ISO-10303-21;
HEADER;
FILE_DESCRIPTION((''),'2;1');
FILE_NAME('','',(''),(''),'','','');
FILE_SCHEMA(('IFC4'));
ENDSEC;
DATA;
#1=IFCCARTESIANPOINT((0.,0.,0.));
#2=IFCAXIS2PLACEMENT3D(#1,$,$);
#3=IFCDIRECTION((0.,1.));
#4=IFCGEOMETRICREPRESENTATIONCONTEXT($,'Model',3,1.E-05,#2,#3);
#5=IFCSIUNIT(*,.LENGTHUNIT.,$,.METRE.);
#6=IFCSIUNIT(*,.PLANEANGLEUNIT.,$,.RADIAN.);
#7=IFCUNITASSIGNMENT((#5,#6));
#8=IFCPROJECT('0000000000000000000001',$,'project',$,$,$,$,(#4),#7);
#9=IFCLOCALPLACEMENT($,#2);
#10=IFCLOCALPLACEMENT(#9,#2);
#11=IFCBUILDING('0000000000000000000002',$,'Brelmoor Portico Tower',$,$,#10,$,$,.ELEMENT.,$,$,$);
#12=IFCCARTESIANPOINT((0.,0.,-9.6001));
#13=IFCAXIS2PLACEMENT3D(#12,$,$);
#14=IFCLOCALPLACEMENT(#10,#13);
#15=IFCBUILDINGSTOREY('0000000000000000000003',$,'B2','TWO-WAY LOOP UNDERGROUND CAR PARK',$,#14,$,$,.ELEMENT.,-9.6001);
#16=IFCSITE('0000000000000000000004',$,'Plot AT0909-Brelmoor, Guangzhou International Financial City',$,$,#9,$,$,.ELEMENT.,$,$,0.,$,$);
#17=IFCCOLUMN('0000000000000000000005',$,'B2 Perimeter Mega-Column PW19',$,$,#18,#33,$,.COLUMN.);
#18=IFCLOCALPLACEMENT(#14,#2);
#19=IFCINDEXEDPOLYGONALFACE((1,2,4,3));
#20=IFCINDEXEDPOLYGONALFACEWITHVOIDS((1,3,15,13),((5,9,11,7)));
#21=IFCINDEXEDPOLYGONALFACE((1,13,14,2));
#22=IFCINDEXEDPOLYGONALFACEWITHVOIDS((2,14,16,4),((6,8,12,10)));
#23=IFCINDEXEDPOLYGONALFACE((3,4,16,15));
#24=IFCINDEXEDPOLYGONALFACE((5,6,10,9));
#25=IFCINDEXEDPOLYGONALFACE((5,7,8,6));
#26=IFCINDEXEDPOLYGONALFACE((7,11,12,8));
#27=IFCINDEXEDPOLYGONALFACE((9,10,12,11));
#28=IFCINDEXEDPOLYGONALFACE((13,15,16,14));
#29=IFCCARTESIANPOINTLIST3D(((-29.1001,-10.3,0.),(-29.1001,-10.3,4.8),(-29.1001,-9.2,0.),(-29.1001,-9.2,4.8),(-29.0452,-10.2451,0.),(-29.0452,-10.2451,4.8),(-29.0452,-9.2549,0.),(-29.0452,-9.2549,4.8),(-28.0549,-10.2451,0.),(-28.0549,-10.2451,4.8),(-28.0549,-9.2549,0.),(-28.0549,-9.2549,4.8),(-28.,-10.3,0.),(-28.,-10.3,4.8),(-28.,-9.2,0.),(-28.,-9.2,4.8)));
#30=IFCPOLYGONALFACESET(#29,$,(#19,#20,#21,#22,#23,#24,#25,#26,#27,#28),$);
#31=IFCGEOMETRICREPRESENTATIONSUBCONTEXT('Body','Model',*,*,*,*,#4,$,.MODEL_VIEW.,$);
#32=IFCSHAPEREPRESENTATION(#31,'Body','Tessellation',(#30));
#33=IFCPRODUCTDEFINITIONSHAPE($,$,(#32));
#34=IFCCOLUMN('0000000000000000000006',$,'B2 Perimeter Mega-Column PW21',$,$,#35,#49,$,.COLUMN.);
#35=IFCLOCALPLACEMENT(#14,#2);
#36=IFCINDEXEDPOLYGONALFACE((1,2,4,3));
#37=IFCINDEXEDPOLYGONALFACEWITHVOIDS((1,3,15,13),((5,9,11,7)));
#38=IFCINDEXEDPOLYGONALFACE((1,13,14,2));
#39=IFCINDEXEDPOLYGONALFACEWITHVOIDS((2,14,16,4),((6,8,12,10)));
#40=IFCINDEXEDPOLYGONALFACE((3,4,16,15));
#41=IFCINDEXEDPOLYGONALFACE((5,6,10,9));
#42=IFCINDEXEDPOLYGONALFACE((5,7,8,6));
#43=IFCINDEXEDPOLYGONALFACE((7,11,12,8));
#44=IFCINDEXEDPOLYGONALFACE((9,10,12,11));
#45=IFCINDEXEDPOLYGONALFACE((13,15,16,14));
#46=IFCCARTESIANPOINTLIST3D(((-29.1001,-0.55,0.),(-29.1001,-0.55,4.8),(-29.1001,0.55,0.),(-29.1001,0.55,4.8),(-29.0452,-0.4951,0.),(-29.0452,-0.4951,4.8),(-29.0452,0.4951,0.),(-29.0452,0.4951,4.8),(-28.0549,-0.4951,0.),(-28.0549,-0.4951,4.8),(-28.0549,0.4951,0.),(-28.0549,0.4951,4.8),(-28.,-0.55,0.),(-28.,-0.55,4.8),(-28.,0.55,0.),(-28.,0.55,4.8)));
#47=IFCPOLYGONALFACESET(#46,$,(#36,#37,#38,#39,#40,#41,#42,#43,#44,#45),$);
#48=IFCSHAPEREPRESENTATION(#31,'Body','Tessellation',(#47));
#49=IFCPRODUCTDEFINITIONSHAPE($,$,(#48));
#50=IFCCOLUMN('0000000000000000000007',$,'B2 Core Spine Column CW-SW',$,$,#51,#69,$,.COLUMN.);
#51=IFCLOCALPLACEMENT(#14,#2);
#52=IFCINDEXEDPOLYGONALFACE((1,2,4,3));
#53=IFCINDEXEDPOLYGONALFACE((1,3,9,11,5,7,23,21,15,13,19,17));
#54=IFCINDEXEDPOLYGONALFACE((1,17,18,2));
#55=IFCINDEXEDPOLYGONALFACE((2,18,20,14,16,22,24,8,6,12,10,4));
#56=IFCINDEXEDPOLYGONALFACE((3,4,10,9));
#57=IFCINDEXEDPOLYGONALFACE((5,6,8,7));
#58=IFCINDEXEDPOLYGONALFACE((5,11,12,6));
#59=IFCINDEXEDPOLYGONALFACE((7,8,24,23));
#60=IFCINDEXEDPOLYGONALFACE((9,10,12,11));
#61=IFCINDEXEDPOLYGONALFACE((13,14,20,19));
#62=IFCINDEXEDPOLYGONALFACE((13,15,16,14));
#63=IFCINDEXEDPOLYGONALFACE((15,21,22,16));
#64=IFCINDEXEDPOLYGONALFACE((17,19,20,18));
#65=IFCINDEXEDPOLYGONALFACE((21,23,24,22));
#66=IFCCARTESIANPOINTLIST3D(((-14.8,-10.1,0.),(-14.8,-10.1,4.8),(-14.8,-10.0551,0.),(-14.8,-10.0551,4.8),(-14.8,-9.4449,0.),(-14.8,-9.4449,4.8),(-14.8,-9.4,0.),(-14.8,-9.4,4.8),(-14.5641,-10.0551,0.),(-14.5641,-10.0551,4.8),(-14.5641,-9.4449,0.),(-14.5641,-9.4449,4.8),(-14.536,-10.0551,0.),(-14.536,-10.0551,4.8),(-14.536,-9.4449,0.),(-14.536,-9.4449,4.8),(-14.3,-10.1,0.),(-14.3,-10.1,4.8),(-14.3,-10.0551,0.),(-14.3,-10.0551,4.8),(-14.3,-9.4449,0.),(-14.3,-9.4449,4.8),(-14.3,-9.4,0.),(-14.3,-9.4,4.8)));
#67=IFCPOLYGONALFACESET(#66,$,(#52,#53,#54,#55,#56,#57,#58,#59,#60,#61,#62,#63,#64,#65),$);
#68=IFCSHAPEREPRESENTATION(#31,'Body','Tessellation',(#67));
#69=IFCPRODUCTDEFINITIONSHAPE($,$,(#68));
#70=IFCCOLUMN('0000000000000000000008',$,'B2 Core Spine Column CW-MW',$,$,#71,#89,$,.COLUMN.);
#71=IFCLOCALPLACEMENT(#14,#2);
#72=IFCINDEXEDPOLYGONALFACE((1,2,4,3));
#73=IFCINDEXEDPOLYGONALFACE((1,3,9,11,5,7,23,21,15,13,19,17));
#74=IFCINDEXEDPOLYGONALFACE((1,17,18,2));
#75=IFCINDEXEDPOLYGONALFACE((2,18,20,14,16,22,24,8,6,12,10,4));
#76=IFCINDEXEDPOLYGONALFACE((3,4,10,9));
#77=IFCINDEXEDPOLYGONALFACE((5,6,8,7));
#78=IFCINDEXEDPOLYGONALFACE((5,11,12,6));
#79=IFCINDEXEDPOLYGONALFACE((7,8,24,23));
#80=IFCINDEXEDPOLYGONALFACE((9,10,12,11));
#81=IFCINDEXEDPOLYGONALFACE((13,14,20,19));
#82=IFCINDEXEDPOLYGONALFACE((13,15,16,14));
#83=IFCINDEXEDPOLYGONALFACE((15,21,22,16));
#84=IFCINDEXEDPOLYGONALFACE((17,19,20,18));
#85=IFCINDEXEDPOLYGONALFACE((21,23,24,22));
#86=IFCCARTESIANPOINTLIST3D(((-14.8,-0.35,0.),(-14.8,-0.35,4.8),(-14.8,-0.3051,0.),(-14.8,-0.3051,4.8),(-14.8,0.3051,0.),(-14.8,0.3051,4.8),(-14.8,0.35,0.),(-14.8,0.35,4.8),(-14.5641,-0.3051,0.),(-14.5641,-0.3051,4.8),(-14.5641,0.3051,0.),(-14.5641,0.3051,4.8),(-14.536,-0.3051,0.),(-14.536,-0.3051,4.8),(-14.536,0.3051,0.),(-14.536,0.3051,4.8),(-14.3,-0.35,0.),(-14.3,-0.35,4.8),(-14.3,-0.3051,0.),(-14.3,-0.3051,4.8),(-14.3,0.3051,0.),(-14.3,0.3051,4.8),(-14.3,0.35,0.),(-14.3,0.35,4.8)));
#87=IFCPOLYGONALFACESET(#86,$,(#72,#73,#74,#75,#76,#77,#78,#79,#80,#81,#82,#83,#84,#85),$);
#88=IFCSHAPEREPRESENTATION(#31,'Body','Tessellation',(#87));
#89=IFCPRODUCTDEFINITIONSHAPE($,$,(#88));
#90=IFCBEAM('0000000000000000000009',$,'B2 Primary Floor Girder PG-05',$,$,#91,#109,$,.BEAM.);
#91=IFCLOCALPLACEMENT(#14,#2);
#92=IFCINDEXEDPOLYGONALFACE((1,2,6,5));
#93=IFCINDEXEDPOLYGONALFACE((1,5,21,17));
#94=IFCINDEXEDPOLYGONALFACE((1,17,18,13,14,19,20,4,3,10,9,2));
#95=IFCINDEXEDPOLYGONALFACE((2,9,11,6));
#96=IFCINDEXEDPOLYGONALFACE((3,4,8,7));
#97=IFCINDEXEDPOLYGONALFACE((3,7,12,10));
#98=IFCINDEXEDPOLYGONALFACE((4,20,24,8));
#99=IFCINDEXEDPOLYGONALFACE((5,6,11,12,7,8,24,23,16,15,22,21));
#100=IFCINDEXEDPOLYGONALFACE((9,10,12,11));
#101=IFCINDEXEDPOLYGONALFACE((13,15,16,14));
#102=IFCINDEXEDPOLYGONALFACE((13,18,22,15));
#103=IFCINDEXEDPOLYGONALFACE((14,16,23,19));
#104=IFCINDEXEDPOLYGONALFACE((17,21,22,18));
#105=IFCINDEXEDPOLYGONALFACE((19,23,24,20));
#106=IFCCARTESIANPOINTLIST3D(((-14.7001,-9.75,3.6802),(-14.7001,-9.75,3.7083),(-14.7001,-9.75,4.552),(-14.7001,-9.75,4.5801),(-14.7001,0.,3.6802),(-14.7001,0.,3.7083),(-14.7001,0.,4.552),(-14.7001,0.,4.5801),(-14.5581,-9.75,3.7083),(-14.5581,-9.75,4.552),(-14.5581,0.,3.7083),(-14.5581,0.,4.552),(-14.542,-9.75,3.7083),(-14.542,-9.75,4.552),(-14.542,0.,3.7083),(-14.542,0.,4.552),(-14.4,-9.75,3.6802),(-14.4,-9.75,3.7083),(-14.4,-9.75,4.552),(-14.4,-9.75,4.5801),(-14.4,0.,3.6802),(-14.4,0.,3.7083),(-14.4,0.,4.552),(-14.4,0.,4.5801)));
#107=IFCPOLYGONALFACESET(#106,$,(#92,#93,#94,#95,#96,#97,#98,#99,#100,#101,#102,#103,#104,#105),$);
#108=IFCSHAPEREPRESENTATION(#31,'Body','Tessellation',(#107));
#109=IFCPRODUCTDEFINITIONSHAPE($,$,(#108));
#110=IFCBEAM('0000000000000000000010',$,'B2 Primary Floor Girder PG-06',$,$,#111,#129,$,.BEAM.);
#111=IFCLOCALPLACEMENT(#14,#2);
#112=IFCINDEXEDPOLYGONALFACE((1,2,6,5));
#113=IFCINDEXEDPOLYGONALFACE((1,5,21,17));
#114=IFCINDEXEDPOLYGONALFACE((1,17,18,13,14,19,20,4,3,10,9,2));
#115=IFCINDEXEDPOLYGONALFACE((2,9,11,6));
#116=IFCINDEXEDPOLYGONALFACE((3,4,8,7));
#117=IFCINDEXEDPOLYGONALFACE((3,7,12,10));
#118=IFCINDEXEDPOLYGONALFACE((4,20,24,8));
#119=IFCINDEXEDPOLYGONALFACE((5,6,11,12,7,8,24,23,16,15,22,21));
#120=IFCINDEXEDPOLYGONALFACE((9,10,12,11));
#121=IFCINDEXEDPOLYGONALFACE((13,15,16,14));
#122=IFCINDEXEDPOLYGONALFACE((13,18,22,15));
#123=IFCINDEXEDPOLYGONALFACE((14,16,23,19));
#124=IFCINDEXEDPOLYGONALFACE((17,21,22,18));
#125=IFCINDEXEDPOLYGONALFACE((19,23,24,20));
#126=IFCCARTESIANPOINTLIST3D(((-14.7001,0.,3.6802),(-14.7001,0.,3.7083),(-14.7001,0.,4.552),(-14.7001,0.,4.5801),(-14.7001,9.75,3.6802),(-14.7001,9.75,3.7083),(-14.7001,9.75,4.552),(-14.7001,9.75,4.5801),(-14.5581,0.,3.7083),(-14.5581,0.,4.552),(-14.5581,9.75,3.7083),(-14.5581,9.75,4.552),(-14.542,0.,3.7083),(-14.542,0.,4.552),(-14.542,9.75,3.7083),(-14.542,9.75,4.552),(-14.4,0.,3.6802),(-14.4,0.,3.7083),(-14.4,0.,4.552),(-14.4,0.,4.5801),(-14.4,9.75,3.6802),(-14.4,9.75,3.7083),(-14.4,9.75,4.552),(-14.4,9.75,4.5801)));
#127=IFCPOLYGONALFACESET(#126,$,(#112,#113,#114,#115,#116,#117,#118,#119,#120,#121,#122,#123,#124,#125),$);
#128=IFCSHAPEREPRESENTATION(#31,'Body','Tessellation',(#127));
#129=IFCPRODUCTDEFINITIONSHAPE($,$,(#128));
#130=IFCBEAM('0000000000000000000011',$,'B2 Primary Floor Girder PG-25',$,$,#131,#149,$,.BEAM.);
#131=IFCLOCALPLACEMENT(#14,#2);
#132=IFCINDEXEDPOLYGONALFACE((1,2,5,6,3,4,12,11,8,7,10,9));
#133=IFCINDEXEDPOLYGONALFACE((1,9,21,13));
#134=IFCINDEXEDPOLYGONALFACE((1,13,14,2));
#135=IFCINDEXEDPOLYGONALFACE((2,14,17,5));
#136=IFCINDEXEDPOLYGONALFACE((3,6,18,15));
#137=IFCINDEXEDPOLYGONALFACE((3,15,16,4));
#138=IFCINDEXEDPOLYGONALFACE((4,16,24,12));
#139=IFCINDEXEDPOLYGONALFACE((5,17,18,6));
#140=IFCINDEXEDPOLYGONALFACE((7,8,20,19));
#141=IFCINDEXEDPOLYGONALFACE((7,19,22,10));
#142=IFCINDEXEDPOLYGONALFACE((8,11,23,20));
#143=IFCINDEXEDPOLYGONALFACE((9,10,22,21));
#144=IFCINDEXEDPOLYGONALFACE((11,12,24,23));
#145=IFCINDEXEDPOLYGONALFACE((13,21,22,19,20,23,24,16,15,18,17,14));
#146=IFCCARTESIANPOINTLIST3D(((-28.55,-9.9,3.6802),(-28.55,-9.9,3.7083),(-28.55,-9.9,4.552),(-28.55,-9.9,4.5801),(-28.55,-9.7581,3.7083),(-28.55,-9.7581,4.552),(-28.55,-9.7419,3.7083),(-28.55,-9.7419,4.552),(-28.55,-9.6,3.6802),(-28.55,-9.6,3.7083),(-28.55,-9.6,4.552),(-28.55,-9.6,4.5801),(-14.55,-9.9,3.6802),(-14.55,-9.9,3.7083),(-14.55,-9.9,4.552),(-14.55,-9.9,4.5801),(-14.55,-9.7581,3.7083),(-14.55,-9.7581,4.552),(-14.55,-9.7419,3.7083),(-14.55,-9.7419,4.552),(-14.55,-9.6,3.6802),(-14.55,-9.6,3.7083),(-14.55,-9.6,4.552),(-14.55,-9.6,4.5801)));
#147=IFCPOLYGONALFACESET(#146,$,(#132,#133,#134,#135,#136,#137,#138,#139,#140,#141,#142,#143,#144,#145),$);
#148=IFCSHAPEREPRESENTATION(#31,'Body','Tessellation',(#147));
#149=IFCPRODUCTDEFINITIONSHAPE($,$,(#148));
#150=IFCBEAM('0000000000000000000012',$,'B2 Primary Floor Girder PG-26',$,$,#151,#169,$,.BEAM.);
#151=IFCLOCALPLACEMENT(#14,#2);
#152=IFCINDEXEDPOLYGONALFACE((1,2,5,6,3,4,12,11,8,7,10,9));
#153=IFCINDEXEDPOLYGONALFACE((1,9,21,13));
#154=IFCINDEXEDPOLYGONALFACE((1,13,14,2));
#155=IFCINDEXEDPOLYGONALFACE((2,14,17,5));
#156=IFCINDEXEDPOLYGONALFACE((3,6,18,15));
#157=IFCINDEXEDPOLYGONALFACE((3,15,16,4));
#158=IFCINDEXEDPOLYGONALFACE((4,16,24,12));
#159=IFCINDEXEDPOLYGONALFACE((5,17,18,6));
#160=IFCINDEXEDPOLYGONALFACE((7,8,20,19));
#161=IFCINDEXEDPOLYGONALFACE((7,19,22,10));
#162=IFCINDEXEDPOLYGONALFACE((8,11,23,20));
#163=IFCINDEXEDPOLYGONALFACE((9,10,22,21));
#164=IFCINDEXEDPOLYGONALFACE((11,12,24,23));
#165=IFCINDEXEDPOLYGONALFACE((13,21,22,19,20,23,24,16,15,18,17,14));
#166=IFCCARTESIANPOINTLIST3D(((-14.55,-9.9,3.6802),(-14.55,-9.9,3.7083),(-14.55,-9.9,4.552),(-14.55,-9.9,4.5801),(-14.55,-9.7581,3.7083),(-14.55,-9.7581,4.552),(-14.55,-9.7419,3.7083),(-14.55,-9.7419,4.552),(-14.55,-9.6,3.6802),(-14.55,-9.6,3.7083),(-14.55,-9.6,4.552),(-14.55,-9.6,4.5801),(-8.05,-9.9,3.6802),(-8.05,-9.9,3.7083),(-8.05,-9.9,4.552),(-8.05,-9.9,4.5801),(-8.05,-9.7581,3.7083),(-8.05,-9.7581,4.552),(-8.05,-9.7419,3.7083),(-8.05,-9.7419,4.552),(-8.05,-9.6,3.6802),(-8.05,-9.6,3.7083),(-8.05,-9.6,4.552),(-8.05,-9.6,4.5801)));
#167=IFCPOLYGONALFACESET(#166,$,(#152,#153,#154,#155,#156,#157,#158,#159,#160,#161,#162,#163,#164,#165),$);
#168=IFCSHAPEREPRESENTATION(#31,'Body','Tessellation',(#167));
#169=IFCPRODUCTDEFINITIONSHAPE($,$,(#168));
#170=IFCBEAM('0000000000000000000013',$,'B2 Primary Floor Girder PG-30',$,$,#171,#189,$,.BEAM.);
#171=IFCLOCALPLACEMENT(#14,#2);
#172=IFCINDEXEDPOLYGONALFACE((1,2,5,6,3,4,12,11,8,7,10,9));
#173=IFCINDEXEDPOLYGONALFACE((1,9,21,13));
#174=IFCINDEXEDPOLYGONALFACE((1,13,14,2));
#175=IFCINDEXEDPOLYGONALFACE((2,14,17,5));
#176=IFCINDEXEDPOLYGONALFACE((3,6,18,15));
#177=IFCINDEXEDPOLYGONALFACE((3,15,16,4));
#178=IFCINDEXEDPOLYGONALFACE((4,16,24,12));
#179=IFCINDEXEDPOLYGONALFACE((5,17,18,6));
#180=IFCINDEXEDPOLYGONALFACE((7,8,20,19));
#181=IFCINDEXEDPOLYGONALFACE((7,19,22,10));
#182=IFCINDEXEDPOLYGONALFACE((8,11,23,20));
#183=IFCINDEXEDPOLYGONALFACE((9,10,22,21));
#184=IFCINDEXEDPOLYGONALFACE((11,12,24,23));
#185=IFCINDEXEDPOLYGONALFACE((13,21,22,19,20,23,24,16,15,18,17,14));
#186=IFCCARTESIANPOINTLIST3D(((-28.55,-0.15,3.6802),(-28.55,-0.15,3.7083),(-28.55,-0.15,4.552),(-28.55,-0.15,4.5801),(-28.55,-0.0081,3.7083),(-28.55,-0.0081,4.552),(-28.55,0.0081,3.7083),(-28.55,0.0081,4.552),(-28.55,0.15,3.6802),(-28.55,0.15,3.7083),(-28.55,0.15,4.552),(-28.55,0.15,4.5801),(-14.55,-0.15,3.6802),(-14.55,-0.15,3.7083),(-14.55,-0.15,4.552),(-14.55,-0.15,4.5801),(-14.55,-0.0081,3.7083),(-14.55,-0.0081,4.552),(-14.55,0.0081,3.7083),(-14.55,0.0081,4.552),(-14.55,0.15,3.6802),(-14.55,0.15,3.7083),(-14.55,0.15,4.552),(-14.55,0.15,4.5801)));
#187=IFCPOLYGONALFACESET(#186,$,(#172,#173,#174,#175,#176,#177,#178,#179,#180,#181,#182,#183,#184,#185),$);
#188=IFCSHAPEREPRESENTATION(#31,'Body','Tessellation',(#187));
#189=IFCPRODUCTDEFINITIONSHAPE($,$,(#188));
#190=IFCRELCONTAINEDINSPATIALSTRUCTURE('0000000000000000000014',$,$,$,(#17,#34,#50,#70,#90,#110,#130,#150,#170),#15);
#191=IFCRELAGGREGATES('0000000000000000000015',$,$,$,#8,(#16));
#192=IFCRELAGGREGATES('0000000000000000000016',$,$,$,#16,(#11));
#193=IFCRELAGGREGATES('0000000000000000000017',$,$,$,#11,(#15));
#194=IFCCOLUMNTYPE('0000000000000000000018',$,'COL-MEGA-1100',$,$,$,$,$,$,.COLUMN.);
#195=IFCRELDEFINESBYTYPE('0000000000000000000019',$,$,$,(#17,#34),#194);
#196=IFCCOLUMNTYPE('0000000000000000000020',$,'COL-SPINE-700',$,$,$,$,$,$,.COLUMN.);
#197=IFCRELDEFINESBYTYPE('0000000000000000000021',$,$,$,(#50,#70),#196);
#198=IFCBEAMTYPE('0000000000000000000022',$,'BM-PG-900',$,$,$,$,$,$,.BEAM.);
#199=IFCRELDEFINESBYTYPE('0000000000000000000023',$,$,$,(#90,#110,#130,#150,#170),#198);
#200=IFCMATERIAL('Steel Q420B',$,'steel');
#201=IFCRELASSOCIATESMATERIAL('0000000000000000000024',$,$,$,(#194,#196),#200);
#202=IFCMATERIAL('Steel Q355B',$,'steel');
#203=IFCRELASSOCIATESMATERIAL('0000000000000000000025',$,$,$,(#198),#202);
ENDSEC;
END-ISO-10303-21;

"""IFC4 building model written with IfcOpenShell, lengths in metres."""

from ifc_helpers import new_model, si_unit, direction, frame, origin, origin_2d, place, context, subcontext, project, spatial, hollow_rectangle, i_section, extrude, material, material_profile, profile_set, type_object, element, save


model = new_model("IFC4")

# Units and contexts
model_context = context("Model", 3, precision=1e-05, world=origin(), true_north=direction((0.0, 1.0)))
body_context = subcontext(model_context, "Body", "Model", "MODEL_VIEW")
ifc_project = project(units=[si_unit("LENGTHUNIT", "METRE"), si_unit("PLANEANGLEUNIT", "RADIAN")], contexts=[model_context])

# Site, building, storey
site_placement = place(None, origin())
site = spatial("IfcSite", under=ifc_project, at=site_placement, Name="Plot AT0909-Brelmoor, Guangzhou International Financial City", CompositionType="ELEMENT", RefElevation=0.0)
building_placement = place(site_placement, origin())
building = spatial("IfcBuilding", under=site, at=building_placement, Name="Brelmoor Portico Tower", CompositionType="ELEMENT")
storey_placement = place(building_placement, frame((0.0, 0.0, -9.6001)))
storey = spatial("IfcBuildingStorey", under=building, at=storey_placement, Name="B2", Description="TWO-WAY LOOP UNDERGROUND CAR PARK", CompositionType="ELEMENT", Elevation=-9.6001)

# Columns
ifc_material_1 = material(Name="Steel Q420B", Category="steel")
ifc_material_profile_1 = material_profile(ifc_material_1, hollow_rectangle(XDim=1.1001, YDim=1.1001, WallThickness=0.0549, at=origin_2d()), Name="BOX 1100x1100x55")
ifc_profile_set_1 = profile_set([ifc_material_profile_1], Name="Steel Q420B")
column_type_1 = type_object("IfcColumnType", Name="COL-MEGA-1100", PredefinedType="COLUMN", material=ifc_profile_set_1)
for number, where, z_axis, x_axis, name in (
    (1, (-28.55, -9.75, 0.0), (0.0, 0.0, 1.0), (0.0, 1.0, 0.0), "B2 Perimeter Mega-Column PW19"),
    (2, (-28.55, 0.0, 0.0), (0.0, 0.0, 1.0), (0.0, 1.0, 0.0), "B2 Perimeter Mega-Column PW21"),
):
    element("IfcColumn", number, at=place(storey_placement, frame(where, z_axis=z_axis, x_axis=x_axis)), inside=storey, type_object=column_type_1, Name=name, PredefinedType="COLUMN", context=body_context, shape_type="SweptSolid", body=[
        extrude(hollow_rectangle(XDim=1.1001, YDim=1.1001, WallThickness=0.0549, at=origin_2d()), origin(), (0.0, 0.0, 1.0), 4.8),
    ])
ifc_material_profile_2 = material_profile(ifc_material_1, i_section(OverallWidth=0.5, OverallDepth=0.7, WebThickness=0.0281, FlangeThickness=0.0449, at=origin_2d()), Name="HW 700x500x28x45")
ifc_profile_set_2 = profile_set([ifc_material_profile_2], Name="Steel Q420B")
column_type_2 = type_object("IfcColumnType", Name="COL-SPINE-700", PredefinedType="COLUMN", material=ifc_profile_set_2)
for number, where, z_axis, x_axis, name in (
    (3, (-14.55, -9.75, 0.0), (0.0, 0.0, 1.0), (1.0, 0.0, 0.0), "B2 Core Spine Column CW-SW"),
    (4, (-14.55, 0.0, 0.0), (0.0, 0.0, 1.0), (1.0, 0.0, 0.0), "B2 Core Spine Column CW-MW"),
):
    element("IfcColumn", number, at=place(storey_placement, frame(where, z_axis=z_axis, x_axis=x_axis)), inside=storey, type_object=column_type_2, Name=name, PredefinedType="COLUMN", context=body_context, shape_type="SweptSolid", body=[
        extrude(i_section(OverallWidth=0.5, OverallDepth=0.7, WebThickness=0.0281, FlangeThickness=0.0449, at=origin_2d()), origin(), (0.0, 0.0, 1.0), 4.8),
    ])

# Beams
ifc_material_2 = material(Name="Steel Q355B", Category="steel")
ifc_material_profile_3 = material_profile(ifc_material_2, i_section(OverallWidth=0.3, OverallDepth=0.8999, WebThickness=0.0161, FlangeThickness=0.0281, at=origin_2d()), Name="HN 900x300x16x28")
ifc_profile_set_3 = profile_set([ifc_material_profile_3], Name="Steel Q355B")
beam_type = type_object("IfcBeamType", Name="BM-PG-900", PredefinedType="BEAM", material=ifc_profile_set_3)
for number, where, z_axis, x_axis, name in (
    (5, (-14.55, -9.75, 4.1301), (0.0, 1.0, 0.0), (-1.0, 0.0, 0.0), "B2 Primary Floor Girder PG-05"),
    (6, (-14.55, 0.0, 4.1301), (0.0, 1.0, 0.0), (-1.0, 0.0, 0.0), "B2 Primary Floor Girder PG-06"),
):
    element("IfcBeam", number, at=place(storey_placement, frame(where, z_axis=z_axis, x_axis=x_axis)), inside=storey, type_object=beam_type, Name=name, PredefinedType="BEAM", context=body_context, shape_type="SweptSolid", body=[
        extrude(i_section(OverallWidth=0.3, OverallDepth=0.8999, WebThickness=0.0161, FlangeThickness=0.0281, at=origin_2d()), origin(), (0.0, 0.0, 1.0), 9.75),
    ])
beam_1_placement = place(storey_placement, frame((-28.55, -9.75, 4.1301), z_axis=(1.0, 0.0, 0.0), x_axis=(0.0, 1.0, 0.0)))
element("IfcBeam", 7, at=beam_1_placement, inside=storey, type_object=beam_type, Name="B2 Primary Floor Girder PG-25", PredefinedType="BEAM", context=body_context, shape_type="SweptSolid", body=[
    extrude(i_section(OverallWidth=0.3, OverallDepth=0.8999, WebThickness=0.0161, FlangeThickness=0.0281, at=origin_2d()), origin(), (0.0, 0.0, 1.0), 14.0),
])
beam_2_placement = place(storey_placement, frame((-14.55, -9.75, 4.1301), z_axis=(1.0, 0.0, 0.0), x_axis=(0.0, 1.0, 0.0)))
element("IfcBeam", 8, at=beam_2_placement, inside=storey, type_object=beam_type, Name="B2 Primary Floor Girder PG-26", PredefinedType="BEAM", context=body_context, shape_type="SweptSolid", body=[
    extrude(i_section(OverallWidth=0.3, OverallDepth=0.8999, WebThickness=0.0161, FlangeThickness=0.0281, at=origin_2d()), origin(), (0.0, 0.0, 1.0), 6.5),
])
beam_3_placement = place(storey_placement, frame((-28.55, 0.0, 4.1301), z_axis=(1.0, 0.0, 0.0), x_axis=(0.0, 1.0, 0.0)))
element("IfcBeam", 9, at=beam_3_placement, inside=storey, type_object=beam_type, Name="B2 Primary Floor Girder PG-30", PredefinedType="BEAM", context=body_context, shape_type="SweptSolid", body=[
    extrude(i_section(OverallWidth=0.3, OverallDepth=0.8999, WebThickness=0.0161, FlangeThickness=0.0281, at=origin_2d()), origin(), (0.0, 0.0, 1.0), 14.0),
])

save(model, "model.ifc")
